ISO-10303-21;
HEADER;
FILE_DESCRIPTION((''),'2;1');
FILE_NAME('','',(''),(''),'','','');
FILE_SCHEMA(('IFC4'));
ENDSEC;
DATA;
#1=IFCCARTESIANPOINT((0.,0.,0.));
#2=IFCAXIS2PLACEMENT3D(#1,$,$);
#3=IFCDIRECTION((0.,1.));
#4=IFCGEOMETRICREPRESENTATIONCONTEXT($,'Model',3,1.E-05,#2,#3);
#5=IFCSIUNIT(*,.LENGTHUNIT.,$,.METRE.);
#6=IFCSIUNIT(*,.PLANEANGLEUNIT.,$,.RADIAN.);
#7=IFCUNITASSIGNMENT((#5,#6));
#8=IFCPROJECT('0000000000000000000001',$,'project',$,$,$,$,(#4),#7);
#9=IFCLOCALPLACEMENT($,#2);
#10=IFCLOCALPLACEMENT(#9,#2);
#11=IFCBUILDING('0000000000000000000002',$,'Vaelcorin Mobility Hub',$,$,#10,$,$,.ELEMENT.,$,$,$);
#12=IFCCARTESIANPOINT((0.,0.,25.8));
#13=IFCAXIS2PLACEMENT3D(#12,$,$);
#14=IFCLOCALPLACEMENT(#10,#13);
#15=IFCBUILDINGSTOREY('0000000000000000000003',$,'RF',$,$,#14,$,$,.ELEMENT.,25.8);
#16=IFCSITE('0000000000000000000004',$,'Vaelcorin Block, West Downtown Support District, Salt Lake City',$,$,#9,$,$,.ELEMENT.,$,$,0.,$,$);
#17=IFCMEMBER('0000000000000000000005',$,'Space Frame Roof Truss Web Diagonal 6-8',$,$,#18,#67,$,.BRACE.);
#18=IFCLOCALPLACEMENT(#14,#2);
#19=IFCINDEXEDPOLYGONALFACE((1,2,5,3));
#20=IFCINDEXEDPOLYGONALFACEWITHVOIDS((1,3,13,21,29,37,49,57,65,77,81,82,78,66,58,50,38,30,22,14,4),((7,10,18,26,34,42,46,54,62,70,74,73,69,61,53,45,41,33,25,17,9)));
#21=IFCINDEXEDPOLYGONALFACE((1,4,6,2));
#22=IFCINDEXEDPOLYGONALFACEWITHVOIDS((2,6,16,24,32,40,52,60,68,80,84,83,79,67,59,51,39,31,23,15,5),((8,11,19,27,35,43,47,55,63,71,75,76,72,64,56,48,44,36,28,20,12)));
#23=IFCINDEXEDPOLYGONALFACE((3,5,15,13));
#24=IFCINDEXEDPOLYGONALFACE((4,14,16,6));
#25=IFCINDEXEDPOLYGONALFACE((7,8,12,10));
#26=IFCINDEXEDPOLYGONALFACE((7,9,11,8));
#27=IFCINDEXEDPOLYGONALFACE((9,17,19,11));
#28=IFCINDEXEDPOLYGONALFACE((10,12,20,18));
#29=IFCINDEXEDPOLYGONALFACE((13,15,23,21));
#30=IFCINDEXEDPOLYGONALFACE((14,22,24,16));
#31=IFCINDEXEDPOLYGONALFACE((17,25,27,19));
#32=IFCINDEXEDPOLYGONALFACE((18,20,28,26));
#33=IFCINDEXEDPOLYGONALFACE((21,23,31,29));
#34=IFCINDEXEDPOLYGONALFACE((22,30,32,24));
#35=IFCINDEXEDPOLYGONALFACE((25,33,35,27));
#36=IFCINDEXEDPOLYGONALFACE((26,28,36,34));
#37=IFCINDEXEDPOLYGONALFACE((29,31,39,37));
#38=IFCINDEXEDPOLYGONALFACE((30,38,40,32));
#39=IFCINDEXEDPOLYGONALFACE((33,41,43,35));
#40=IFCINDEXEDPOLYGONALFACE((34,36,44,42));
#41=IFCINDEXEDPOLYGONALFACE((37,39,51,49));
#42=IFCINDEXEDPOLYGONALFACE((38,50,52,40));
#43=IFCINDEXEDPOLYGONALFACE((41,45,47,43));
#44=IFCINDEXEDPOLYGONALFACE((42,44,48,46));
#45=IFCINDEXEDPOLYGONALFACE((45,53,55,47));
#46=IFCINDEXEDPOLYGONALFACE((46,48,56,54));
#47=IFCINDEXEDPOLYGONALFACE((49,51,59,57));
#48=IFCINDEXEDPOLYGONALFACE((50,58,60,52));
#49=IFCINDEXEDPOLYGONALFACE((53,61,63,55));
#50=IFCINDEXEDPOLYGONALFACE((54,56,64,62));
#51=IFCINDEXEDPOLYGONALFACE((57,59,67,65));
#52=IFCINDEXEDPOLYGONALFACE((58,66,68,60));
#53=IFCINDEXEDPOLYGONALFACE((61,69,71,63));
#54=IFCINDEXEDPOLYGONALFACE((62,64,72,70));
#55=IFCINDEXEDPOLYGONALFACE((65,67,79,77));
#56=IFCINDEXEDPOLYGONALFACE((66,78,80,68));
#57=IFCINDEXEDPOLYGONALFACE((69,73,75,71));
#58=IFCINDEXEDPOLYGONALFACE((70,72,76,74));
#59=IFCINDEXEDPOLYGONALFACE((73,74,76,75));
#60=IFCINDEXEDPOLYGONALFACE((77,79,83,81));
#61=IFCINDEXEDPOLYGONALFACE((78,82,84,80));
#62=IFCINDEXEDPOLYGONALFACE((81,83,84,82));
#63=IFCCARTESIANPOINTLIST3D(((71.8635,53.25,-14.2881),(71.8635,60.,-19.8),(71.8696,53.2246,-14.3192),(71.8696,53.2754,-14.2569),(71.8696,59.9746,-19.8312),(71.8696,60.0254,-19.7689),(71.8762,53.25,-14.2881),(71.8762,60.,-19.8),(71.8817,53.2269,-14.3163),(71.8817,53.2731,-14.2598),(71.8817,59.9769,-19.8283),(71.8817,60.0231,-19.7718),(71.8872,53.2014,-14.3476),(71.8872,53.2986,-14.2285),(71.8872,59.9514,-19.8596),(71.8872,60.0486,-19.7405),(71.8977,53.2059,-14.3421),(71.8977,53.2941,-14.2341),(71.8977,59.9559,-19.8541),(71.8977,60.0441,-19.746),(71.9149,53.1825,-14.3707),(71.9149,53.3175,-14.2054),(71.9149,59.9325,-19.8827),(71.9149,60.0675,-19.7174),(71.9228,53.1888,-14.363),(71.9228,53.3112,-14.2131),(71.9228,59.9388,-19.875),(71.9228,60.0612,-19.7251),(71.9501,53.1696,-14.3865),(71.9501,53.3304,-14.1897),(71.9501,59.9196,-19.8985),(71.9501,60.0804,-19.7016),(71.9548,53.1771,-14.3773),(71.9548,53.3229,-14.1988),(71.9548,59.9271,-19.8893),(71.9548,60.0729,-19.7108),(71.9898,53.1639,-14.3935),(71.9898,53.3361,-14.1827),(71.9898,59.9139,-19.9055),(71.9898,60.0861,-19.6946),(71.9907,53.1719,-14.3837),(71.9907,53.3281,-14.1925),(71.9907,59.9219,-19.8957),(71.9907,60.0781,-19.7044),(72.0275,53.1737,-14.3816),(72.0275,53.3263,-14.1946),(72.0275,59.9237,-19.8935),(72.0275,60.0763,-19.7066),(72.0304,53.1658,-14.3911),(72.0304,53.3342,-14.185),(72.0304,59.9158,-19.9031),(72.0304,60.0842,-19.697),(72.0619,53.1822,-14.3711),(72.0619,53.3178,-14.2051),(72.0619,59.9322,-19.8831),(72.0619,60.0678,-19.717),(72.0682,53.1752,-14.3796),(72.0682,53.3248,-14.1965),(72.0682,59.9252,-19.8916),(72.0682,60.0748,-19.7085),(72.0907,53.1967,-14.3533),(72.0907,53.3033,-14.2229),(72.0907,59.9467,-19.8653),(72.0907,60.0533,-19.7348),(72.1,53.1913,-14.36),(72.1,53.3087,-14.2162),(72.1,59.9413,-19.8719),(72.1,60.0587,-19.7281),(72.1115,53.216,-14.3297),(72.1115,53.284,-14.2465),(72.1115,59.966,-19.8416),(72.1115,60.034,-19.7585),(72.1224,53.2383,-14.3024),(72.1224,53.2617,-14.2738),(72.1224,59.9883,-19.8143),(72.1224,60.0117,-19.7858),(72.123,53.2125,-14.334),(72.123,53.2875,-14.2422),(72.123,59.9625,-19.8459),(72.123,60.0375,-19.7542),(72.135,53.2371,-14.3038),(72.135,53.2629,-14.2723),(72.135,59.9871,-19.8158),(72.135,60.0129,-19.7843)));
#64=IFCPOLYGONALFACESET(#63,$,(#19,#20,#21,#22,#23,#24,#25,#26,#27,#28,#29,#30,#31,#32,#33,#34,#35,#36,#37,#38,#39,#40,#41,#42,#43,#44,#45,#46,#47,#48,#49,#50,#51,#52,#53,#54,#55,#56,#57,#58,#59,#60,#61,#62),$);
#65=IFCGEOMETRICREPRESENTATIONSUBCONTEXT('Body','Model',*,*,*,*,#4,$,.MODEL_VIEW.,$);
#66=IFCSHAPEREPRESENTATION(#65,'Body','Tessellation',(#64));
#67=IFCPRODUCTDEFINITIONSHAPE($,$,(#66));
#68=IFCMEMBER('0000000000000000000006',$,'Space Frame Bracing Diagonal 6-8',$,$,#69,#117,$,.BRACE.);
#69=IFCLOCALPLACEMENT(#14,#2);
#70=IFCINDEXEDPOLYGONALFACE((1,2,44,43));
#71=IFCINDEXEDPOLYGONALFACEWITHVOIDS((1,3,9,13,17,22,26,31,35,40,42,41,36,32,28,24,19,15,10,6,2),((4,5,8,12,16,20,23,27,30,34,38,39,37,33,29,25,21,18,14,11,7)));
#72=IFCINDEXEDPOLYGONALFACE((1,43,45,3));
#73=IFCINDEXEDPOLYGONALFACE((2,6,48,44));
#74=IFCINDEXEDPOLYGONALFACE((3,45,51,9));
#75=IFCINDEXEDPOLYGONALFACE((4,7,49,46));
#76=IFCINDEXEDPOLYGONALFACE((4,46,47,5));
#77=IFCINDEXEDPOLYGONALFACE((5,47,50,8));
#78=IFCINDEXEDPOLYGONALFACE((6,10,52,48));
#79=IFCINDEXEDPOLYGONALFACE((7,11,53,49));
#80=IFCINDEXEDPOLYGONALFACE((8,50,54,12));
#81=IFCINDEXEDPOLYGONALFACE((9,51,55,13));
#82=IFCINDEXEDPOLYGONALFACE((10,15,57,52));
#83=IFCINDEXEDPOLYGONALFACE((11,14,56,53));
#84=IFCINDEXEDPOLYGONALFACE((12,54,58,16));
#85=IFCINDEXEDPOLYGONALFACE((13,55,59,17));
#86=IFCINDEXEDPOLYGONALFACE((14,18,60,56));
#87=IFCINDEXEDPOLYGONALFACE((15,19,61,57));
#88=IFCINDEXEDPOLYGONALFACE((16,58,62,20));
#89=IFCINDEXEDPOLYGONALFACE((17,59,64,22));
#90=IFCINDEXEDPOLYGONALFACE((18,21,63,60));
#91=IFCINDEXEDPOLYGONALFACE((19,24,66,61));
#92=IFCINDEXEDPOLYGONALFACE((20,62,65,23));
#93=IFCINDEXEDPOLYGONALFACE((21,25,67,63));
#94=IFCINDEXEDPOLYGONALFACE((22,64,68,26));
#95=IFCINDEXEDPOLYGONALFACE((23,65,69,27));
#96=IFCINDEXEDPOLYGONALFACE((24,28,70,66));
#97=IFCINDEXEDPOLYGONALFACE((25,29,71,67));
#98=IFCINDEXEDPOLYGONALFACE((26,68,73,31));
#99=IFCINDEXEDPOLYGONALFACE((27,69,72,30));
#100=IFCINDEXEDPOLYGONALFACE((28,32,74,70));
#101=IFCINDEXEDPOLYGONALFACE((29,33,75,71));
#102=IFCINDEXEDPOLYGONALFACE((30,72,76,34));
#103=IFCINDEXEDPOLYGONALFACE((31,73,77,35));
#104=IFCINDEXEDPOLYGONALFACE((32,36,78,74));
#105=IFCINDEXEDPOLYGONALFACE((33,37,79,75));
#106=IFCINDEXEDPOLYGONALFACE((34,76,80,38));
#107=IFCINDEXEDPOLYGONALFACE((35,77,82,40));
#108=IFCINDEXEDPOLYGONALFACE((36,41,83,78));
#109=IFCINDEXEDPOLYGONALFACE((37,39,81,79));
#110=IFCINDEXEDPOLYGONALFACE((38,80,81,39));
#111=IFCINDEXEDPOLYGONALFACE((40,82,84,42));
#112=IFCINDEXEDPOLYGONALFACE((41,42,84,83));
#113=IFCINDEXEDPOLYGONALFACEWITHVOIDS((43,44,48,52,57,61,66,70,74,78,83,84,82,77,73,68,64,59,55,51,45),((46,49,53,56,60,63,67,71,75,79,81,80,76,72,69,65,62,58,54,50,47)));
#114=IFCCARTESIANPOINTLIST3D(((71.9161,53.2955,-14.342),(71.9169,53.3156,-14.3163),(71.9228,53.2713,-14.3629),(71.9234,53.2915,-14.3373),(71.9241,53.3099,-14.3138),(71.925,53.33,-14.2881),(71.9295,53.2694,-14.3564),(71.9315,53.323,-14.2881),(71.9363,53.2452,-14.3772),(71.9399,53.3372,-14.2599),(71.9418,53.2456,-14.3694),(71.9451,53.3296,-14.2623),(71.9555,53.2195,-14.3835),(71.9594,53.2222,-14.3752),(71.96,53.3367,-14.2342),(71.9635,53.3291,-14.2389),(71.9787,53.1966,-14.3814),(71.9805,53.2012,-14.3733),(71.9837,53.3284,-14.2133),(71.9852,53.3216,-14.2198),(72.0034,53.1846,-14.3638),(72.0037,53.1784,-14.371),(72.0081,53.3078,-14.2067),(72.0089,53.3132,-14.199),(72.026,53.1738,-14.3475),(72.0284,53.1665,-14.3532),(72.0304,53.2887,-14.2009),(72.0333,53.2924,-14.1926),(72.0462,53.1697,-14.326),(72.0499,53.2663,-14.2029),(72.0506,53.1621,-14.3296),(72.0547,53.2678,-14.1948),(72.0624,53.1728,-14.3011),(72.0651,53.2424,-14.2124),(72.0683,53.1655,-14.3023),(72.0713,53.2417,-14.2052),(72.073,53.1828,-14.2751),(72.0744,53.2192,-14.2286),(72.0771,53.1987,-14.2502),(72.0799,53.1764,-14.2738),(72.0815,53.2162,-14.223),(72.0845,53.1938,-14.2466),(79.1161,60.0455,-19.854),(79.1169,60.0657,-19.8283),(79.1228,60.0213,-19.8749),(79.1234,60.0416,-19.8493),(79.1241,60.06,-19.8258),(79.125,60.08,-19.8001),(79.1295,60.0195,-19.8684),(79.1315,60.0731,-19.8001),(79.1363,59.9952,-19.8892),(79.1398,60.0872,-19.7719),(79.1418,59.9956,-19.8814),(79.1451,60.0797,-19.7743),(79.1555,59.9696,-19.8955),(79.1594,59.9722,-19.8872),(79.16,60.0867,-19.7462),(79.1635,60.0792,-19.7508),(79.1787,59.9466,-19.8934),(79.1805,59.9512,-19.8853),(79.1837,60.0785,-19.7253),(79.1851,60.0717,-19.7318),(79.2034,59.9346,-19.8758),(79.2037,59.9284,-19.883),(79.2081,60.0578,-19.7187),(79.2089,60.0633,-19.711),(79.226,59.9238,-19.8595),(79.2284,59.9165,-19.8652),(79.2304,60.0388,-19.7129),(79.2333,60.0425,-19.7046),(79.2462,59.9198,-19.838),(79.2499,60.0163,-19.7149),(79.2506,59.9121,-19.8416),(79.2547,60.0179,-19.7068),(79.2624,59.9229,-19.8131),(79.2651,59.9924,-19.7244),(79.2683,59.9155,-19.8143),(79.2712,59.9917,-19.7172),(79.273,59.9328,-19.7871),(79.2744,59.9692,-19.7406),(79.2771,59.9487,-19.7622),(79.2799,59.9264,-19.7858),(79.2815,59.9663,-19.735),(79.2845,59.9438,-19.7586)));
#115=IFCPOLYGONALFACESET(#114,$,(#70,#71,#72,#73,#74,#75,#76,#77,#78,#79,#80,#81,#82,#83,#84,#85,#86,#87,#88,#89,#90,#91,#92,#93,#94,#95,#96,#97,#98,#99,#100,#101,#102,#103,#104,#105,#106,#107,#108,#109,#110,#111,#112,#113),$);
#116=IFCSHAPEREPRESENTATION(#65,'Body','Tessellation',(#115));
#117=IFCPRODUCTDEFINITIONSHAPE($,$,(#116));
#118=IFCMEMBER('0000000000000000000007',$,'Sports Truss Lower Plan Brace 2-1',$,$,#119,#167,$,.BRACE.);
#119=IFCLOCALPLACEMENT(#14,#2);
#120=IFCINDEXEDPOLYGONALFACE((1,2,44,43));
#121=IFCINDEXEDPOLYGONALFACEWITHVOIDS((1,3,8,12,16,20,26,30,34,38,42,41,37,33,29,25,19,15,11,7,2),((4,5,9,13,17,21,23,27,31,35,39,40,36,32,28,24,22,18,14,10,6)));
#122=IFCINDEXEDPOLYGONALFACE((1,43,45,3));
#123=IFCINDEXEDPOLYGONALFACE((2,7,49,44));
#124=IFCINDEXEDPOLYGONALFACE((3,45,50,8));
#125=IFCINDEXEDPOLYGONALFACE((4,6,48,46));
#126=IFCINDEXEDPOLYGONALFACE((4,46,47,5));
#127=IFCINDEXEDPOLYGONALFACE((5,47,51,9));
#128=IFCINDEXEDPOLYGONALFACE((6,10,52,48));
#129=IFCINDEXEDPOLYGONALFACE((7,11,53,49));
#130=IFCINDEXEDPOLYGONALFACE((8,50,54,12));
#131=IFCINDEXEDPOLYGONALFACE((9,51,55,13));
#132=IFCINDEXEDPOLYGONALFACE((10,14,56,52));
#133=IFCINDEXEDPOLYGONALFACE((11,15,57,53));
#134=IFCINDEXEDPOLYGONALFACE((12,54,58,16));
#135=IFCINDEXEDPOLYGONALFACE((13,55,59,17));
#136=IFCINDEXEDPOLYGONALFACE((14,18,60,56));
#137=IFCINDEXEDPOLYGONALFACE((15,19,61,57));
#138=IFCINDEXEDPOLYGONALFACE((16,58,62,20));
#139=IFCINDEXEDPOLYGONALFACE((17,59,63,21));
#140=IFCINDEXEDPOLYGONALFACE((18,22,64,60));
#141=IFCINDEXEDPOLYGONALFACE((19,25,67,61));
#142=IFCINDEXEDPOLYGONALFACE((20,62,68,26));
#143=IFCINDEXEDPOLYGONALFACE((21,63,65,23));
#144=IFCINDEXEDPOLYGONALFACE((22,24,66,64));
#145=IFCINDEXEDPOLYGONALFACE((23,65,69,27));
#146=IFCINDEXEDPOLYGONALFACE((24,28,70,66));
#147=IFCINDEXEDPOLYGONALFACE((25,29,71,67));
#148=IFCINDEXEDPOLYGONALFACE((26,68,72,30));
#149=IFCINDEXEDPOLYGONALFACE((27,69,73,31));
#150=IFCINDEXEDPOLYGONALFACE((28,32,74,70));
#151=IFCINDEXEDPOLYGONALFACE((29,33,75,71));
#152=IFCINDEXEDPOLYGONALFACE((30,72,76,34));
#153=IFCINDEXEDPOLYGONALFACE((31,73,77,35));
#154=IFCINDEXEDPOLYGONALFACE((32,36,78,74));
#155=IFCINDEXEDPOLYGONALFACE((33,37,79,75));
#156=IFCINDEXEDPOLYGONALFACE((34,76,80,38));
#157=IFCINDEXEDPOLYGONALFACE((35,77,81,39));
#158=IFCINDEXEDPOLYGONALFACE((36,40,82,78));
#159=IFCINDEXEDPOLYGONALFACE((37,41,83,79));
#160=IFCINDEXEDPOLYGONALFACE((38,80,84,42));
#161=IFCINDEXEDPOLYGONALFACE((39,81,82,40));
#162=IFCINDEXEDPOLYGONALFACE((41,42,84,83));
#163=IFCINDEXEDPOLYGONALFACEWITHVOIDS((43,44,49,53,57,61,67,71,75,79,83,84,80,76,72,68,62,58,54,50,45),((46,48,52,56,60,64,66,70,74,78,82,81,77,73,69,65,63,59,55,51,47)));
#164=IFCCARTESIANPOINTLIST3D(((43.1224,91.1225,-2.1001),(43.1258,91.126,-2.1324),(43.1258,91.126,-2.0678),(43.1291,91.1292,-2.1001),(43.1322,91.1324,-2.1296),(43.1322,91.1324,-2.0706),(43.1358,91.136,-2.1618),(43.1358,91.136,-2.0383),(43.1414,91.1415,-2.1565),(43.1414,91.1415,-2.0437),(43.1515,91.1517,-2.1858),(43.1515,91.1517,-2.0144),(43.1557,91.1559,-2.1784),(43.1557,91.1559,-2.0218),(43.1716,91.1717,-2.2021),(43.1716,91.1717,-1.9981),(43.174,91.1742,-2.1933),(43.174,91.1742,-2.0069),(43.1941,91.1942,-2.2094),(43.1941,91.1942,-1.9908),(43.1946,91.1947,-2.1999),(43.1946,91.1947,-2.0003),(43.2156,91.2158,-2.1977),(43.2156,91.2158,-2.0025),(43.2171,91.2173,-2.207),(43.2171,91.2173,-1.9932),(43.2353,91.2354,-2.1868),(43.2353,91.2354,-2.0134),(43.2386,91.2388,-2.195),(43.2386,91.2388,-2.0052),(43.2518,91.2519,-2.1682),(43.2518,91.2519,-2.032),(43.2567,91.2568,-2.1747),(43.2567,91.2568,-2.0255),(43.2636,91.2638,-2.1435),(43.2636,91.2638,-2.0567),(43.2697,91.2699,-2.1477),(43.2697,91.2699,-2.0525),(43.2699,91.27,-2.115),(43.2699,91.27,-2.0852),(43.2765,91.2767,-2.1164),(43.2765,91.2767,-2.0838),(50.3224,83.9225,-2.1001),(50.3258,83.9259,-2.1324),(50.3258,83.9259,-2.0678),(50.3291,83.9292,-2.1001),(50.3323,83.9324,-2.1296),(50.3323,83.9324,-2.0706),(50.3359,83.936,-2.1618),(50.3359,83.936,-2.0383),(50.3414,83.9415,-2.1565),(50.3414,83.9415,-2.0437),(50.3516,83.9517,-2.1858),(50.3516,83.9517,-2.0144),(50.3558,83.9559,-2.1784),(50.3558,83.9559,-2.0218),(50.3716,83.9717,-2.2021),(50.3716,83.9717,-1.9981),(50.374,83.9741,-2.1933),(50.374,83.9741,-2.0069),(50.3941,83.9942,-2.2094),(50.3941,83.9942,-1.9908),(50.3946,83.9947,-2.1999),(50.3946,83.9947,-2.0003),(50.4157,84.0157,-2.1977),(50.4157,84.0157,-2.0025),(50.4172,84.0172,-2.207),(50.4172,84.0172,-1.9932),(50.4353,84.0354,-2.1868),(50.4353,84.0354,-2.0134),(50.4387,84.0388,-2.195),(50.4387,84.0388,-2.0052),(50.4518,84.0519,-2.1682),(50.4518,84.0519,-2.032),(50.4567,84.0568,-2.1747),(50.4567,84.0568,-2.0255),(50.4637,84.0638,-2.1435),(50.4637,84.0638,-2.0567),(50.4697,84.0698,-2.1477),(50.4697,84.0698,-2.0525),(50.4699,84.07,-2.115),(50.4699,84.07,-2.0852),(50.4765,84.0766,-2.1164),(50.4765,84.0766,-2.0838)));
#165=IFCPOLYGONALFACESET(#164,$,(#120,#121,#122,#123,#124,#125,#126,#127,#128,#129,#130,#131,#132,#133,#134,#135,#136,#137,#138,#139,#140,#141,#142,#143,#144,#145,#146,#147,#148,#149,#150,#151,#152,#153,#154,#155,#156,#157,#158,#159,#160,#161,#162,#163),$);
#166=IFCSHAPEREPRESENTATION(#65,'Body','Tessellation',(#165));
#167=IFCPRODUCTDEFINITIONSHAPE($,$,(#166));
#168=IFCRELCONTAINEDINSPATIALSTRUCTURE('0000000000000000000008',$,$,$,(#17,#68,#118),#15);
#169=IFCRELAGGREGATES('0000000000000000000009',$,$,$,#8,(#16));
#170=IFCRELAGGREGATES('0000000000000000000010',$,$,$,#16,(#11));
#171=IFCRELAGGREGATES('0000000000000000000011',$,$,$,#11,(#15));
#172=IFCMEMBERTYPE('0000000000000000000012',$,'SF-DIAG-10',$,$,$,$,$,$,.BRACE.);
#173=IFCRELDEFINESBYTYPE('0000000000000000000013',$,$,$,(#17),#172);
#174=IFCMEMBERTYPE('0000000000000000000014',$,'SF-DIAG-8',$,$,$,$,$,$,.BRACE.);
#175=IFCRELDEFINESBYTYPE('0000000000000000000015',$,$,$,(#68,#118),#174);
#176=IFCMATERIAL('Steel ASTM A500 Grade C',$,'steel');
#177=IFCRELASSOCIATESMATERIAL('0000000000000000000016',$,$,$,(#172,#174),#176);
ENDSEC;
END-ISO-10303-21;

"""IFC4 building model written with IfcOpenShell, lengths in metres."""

from ifc_helpers import new_model, si_unit, direction, frame, origin, origin_2d, place, context, subcontext, project, spatial, hollow_circle, extrude, material, material_profile, profile_set, type_object, element, save


model = new_model("IFC4")

# Units and contexts
model_context = context("Model", 3, precision=1e-05, world=origin(), true_north=direction((0.0, 1.0)))
body_context = subcontext(model_context, "Body", "Model", "MODEL_VIEW")
ifc_project = project(units=[si_unit("LENGTHUNIT", "METRE"), si_unit("PLANEANGLEUNIT", "RADIAN")], contexts=[model_context])

# Site, building, storey
site_placement = place(None, origin())
site = spatial("IfcSite", under=ifc_project, at=site_placement, Name="Vaelcorin Block, West Downtown Support District, Salt Lake City", CompositionType="ELEMENT", RefElevation=0.0)
building_placement = place(site_placement, origin())
building = spatial("IfcBuilding", under=site, at=building_placement, Name="Vaelcorin Mobility Hub", CompositionType="ELEMENT")
storey_placement = place(building_placement, frame((0.0, 0.0, 25.8)))
storey = spatial("IfcBuildingStorey", under=building, at=storey_placement, Name="RF", CompositionType="ELEMENT", Elevation=25.8)

# Members
ifc_material_1 = material(Name="Steel ASTM A500 Grade C", Category="steel")
ifc_material_profile_1 = material_profile(ifc_material_1, hollow_circle(Radius=0.1365, WallThickness=0.0127, at=origin_2d()), Name="HSS10.750X0.500")
ifc_profile_set_1 = profile_set([ifc_material_profile_1], Name="Steel ASTM A500 Grade C")
member_type_1 = type_object("IfcMemberType", Name="SF-DIAG-10", PredefinedType="BRACE", material=ifc_profile_set_1)
member_1_placement = place(storey_placement, frame((72.0, 53.25, -14.2881), z_axis=(0.0, 0.774562, -0.632498), x_axis=(-1.0, 0.0, 0.0)))
element("IfcMember", 1, at=member_1_placement, inside=storey, type_object=member_type_1, Name="Space Frame Roof Truss Web Diagonal 6-8", PredefinedType="BRACE", context=body_context, shape_type="SweptSolid", body=[
    extrude(hollow_circle(Radius=0.1365, WallThickness=0.0127, at=origin_2d()), origin(), (0.0, 0.0, 1.0), 8.7146),
])
ifc_material_profile_2 = material_profile(ifc_material_1, hollow_circle(Radius=0.1096, WallThickness=0.0095, at=origin_2d()), Name="HSS8.625X0.375")
ifc_profile_set_2 = profile_set([ifc_material_profile_2], Name="Steel ASTM A500 Grade C")
member_type_2 = type_object("IfcMemberType", Name="SF-DIAG-8", PredefinedType="BRACE", material=ifc_profile_set_2)
member_2_placement = place(storey_placement, frame((72.0, 53.25, -14.2881), z_axis=(0.636931, 0.597126, -0.487606), x_axis=(-0.683944, 0.729535, 0.0)))
element("IfcMember", 2, at=member_2_placement, inside=storey, type_object=member_type_2, Name="Space Frame Bracing Diagonal 6-8", PredefinedType="BRACE", context=body_context, shape_type="SweptSolid", body=[
    extrude(hollow_circle(Radius=0.1096, WallThickness=0.0095, at=origin_2d()), origin(), (0.0, 0.0, 1.0), 11.3042),
])
member_3_placement = place(storey_placement, frame((50.3999, 84.0, -2.1001), z_axis=(-0.707107, 0.707107, 0.0), x_axis=(-0.707107, -0.707107, 0.0)))
element("IfcMember", 3, at=member_3_placement, inside=storey, type_object=member_type_2, Name="Sports Truss Lower Plan Brace 2-1", PredefinedType="BRACE", context=body_context, shape_type="SweptSolid", body=[
    extrude(hollow_circle(Radius=0.1096, WallThickness=0.0095, at=origin_2d()), origin(), (0.0, 0.0, 1.0), 10.1824),
])

save(model, "model.ifc")
